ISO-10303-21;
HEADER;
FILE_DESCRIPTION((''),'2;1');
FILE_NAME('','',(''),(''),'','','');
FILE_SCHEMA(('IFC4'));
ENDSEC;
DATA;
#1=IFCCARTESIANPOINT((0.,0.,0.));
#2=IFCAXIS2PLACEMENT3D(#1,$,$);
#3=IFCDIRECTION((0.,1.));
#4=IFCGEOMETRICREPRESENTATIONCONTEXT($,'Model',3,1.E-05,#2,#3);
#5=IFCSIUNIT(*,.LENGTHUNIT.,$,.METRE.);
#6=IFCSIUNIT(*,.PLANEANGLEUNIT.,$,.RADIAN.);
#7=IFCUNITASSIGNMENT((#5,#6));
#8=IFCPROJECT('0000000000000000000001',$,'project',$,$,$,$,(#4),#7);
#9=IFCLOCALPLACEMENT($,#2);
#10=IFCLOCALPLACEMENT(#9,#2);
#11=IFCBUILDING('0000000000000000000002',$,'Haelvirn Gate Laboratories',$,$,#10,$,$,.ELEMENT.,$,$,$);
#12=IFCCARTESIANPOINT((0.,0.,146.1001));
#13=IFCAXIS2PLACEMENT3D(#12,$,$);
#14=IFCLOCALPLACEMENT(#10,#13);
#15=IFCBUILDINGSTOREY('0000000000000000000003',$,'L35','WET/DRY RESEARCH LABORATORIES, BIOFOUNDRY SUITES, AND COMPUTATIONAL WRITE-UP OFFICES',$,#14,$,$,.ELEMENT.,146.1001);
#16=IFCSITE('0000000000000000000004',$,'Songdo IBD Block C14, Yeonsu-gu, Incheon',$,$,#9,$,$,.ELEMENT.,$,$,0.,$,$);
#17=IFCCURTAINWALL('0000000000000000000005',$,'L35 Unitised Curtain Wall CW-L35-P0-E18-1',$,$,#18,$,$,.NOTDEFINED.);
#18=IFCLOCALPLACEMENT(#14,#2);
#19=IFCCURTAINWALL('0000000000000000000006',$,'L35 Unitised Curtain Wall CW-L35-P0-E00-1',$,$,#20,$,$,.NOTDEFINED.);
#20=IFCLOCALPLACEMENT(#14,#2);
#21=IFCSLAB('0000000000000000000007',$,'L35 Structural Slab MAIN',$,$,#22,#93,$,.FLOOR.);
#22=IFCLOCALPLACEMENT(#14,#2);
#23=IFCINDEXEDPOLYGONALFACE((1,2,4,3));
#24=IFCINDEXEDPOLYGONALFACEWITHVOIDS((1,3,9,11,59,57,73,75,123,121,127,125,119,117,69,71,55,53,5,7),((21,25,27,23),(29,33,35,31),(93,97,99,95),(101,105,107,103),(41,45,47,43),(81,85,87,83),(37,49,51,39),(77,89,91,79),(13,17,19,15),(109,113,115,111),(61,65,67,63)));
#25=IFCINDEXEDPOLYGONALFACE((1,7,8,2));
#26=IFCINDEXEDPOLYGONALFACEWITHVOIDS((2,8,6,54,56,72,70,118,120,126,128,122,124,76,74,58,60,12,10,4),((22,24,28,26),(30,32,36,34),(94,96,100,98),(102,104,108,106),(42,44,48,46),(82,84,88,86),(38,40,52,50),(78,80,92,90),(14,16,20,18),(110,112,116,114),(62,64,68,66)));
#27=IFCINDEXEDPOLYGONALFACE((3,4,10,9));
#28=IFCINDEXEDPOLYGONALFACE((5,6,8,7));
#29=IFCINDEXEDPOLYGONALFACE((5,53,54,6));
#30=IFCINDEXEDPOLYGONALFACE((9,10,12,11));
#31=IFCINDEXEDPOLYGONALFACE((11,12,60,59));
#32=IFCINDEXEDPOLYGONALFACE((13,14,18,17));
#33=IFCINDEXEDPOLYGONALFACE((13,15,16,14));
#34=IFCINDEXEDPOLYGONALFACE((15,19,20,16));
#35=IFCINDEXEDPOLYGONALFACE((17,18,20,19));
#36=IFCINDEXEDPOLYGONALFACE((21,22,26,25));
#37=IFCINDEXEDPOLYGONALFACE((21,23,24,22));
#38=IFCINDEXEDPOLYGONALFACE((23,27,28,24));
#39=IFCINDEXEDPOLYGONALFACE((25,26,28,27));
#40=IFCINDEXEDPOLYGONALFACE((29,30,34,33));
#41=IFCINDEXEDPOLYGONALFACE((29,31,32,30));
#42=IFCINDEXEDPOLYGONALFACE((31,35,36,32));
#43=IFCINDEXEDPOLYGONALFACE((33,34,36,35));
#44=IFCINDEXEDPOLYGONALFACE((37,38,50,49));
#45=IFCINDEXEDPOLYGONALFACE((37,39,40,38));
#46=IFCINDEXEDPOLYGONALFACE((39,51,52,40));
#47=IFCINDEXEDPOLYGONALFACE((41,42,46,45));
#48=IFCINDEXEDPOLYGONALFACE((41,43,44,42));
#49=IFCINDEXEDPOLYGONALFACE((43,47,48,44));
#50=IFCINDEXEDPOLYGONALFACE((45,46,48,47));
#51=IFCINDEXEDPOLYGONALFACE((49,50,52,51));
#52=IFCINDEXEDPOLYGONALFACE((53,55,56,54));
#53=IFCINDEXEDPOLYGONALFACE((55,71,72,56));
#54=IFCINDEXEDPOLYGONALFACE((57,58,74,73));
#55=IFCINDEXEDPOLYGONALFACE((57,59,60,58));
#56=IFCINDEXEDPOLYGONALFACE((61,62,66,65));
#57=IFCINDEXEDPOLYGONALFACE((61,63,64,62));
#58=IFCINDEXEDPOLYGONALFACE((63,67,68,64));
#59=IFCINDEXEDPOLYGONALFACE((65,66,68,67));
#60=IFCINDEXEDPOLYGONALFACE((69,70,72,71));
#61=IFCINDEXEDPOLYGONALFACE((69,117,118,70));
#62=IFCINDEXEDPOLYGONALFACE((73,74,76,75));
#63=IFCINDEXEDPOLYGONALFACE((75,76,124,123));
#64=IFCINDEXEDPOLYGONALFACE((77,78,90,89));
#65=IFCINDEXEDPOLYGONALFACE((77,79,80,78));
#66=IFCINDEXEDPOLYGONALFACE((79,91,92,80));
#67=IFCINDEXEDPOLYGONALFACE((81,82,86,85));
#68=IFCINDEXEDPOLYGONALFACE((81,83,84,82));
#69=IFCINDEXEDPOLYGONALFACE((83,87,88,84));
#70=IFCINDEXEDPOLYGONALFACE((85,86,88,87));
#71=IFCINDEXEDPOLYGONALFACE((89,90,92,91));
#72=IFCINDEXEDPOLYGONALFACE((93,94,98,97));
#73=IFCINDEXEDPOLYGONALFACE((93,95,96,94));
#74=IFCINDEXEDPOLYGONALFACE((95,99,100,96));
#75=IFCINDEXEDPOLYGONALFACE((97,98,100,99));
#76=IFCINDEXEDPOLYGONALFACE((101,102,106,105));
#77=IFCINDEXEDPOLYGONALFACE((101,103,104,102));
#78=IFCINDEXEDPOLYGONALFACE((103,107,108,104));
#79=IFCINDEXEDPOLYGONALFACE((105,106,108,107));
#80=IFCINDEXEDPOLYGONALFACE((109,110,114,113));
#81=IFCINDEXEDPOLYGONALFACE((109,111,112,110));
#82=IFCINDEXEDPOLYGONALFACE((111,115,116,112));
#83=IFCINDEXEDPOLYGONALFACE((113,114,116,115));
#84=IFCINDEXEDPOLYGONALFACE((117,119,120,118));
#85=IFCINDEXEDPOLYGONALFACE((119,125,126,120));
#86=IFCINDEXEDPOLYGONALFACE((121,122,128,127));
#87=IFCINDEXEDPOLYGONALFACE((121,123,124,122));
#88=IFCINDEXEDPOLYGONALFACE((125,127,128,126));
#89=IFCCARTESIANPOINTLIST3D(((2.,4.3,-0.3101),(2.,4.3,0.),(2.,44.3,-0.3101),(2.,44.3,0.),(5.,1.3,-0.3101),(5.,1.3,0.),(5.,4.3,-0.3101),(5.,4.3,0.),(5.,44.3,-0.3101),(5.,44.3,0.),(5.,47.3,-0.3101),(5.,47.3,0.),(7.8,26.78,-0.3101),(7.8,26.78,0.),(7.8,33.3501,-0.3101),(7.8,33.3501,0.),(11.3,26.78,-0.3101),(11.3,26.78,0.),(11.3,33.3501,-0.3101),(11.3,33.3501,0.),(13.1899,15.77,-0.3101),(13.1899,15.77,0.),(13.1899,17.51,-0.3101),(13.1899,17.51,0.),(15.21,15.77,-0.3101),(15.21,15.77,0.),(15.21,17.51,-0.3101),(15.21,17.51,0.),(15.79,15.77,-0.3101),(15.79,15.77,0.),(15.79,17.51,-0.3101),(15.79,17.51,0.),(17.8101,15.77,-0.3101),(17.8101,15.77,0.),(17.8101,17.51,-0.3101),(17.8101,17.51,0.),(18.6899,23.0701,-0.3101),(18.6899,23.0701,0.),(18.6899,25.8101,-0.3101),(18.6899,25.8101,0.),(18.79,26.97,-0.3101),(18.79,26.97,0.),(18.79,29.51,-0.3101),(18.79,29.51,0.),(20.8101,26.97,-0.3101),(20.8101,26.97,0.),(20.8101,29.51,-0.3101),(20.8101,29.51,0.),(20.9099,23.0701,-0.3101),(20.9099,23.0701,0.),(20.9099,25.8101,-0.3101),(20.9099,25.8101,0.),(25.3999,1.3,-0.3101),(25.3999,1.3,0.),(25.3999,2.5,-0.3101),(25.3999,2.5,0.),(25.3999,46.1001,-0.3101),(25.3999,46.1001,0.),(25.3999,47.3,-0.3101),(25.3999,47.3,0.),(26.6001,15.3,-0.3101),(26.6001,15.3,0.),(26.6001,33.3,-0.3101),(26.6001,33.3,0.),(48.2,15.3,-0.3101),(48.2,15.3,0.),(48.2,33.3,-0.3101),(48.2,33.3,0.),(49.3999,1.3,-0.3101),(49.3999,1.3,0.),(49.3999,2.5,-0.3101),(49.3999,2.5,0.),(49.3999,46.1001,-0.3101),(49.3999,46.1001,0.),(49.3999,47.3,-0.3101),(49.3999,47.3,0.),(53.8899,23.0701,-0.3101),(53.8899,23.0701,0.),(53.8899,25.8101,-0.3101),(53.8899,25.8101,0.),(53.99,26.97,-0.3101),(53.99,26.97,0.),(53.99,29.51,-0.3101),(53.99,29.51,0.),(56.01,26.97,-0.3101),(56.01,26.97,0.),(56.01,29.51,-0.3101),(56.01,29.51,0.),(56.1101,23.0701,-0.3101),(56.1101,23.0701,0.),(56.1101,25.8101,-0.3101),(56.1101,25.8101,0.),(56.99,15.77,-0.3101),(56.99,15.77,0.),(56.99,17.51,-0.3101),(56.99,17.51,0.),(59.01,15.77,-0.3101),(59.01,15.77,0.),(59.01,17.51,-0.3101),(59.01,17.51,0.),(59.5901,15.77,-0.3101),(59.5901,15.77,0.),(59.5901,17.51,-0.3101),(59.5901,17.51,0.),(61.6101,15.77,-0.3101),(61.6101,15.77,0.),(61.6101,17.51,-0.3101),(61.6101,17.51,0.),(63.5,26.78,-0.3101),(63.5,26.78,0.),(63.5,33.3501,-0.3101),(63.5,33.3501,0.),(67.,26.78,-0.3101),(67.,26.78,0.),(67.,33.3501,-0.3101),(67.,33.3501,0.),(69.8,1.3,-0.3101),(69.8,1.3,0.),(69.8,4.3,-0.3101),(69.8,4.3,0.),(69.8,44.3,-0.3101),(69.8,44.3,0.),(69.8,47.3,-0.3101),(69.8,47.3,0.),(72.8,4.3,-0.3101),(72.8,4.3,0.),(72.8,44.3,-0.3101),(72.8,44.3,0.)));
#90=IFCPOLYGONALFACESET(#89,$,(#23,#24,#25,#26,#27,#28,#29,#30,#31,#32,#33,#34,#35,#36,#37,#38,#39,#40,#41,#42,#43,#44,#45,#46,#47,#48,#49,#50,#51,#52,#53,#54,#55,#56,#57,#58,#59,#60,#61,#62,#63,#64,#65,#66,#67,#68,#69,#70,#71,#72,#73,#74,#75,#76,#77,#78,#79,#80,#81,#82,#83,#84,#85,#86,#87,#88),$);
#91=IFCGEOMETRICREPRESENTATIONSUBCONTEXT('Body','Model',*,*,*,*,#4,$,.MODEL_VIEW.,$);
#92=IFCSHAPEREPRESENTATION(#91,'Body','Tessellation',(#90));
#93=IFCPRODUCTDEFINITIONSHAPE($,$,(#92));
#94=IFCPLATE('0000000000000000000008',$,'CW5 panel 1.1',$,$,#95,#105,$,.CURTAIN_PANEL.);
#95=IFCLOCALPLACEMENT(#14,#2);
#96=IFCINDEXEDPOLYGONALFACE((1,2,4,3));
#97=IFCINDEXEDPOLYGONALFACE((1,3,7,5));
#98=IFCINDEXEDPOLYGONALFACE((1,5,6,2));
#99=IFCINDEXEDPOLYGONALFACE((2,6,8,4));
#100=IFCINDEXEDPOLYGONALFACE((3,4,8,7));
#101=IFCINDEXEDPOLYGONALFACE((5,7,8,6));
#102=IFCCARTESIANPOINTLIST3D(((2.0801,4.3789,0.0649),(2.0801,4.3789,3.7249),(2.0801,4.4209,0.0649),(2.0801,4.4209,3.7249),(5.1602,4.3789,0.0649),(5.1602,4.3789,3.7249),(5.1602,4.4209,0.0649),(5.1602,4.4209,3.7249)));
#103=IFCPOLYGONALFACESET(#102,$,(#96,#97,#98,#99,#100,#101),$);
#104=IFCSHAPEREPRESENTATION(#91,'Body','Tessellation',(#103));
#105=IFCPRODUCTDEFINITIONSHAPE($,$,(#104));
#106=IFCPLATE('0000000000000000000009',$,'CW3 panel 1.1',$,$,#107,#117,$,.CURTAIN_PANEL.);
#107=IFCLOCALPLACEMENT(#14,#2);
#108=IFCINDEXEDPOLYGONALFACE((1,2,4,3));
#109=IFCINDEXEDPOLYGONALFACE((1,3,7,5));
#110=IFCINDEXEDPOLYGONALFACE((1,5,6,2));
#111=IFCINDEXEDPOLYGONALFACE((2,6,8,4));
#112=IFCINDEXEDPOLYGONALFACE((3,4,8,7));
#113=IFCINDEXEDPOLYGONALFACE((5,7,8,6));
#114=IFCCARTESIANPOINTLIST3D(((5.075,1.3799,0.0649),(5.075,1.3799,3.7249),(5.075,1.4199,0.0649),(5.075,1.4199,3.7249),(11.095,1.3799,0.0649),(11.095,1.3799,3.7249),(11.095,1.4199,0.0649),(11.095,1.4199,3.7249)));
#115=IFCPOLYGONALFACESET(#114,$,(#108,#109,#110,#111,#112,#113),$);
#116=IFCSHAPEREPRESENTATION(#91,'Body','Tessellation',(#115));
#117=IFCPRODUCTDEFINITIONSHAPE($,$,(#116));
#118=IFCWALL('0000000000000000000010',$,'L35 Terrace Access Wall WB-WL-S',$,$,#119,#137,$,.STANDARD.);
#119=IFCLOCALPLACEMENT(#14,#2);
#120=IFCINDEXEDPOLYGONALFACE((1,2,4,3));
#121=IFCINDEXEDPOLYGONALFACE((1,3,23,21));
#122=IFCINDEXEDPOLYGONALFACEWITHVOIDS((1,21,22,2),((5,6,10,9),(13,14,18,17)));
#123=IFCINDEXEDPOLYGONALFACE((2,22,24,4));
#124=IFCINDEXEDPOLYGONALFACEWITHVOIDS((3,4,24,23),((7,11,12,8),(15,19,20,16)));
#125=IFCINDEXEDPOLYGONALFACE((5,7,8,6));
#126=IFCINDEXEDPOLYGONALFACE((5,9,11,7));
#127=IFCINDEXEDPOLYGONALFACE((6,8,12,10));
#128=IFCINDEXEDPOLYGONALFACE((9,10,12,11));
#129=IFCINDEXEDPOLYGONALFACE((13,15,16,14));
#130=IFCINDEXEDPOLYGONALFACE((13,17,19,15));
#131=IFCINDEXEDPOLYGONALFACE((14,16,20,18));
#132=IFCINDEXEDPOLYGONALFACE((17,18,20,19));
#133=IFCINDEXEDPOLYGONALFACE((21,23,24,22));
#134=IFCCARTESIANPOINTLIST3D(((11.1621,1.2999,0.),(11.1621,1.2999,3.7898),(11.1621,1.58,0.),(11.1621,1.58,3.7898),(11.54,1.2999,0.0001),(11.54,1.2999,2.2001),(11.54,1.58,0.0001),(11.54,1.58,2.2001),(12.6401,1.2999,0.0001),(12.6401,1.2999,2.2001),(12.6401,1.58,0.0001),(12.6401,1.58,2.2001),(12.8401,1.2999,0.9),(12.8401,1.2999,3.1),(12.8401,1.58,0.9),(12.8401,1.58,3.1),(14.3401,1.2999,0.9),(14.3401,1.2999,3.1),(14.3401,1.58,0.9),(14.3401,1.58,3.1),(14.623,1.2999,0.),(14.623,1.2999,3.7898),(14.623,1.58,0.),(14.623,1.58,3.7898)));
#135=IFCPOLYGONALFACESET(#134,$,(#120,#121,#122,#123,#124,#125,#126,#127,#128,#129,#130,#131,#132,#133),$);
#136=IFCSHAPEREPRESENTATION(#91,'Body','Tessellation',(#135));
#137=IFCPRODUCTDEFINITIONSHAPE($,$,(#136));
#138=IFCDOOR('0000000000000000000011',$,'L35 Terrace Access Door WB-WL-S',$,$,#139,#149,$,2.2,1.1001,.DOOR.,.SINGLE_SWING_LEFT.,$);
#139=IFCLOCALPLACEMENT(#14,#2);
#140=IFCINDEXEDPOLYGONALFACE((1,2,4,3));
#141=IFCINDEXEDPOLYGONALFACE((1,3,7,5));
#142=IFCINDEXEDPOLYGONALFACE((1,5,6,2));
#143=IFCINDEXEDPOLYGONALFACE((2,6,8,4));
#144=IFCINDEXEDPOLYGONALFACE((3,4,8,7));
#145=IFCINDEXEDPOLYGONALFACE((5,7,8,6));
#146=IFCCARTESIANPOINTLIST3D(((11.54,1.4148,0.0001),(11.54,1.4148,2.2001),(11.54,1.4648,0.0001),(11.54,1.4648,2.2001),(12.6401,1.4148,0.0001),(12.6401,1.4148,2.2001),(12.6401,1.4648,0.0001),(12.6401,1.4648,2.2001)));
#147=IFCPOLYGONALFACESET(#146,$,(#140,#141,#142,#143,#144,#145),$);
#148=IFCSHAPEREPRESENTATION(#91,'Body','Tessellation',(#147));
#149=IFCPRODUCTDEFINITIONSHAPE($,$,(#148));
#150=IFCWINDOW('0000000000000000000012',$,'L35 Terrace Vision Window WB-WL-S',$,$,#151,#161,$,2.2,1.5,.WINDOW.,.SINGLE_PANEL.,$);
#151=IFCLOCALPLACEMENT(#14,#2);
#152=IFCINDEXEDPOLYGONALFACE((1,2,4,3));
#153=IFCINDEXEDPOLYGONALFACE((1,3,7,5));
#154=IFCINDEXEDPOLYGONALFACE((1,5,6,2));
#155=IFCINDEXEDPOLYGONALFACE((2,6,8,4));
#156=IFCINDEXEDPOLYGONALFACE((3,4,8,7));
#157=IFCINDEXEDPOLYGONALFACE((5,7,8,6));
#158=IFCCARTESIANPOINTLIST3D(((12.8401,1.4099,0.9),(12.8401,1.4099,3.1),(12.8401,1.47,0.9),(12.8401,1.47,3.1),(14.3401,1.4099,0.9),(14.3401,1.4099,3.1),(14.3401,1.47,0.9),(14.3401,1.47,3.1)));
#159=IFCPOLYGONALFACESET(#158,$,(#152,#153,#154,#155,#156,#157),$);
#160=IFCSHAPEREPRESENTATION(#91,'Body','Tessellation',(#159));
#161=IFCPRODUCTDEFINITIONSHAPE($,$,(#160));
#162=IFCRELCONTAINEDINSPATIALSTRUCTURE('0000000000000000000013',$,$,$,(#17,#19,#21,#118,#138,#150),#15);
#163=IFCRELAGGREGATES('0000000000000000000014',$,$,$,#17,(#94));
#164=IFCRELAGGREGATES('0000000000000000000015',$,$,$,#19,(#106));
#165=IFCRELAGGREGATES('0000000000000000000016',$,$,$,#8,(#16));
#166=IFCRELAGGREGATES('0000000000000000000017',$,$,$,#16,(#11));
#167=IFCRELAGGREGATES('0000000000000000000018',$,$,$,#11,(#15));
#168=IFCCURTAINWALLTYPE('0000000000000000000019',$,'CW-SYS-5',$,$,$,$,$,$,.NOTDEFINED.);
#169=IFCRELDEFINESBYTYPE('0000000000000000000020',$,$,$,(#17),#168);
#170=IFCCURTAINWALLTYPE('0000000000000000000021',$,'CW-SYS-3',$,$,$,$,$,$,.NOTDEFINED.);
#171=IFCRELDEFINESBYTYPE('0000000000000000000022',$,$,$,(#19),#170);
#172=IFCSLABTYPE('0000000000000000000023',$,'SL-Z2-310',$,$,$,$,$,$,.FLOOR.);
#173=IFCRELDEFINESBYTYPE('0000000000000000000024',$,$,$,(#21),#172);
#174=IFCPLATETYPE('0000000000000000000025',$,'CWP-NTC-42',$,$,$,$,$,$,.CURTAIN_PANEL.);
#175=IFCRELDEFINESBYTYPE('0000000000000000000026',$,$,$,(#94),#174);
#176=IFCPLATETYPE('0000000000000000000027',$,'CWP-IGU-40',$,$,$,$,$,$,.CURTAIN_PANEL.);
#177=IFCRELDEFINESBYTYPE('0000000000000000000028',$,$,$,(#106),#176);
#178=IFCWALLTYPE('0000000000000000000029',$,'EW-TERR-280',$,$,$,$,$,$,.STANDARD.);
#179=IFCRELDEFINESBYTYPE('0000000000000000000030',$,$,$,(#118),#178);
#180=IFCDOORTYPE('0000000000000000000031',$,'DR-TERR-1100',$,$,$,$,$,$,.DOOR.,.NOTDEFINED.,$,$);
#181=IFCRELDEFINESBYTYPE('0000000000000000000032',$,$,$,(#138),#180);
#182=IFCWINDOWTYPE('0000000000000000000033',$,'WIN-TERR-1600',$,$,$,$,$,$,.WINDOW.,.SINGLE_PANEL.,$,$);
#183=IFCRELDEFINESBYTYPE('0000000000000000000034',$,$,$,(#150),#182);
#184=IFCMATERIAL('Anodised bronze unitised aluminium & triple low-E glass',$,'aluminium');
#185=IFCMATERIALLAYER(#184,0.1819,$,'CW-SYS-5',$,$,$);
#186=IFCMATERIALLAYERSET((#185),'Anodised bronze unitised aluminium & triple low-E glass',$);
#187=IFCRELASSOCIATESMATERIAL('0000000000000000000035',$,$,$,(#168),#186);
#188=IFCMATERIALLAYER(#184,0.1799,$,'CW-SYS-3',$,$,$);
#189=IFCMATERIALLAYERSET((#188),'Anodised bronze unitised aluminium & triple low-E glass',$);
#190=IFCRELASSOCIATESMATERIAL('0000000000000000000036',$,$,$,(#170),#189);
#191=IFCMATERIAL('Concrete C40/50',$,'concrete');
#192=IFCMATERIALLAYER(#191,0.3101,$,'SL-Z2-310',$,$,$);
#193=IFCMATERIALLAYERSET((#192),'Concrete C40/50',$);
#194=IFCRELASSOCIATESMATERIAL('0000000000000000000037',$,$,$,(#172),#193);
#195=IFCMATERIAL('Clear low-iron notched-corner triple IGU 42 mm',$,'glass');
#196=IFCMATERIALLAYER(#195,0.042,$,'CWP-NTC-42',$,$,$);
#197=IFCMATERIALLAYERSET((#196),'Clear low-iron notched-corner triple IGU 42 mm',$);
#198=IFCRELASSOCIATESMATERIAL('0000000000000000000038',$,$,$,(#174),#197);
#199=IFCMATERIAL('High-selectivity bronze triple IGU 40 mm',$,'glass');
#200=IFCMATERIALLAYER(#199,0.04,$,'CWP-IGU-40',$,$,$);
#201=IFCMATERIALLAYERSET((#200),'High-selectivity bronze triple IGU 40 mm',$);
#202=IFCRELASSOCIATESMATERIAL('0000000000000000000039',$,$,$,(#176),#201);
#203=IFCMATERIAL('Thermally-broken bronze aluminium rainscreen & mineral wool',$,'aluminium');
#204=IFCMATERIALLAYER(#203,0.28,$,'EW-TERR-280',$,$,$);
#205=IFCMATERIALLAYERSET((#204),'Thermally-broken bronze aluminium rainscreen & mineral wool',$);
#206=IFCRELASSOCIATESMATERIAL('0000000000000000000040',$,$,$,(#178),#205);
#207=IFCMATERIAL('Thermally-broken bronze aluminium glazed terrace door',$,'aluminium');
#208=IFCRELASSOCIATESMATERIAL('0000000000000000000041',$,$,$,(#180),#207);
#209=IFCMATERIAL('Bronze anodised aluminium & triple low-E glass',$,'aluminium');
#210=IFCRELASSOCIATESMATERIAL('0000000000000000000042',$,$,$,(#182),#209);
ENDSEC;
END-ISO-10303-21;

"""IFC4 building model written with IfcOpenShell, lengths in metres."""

from ifc_helpers import new_model, si_unit, direction, frame, frame_2d, origin, origin_2d, place, context, subcontext, project, spatial, polyline, rectangle, outline, extrude, source, transform, mapped, material, layer, layer_set, type_object, type_shapes, element, fill, aggregate, save


model = new_model("IFC4")

# Units and contexts
model_context = context("Model", 3, precision=1e-05, world=origin(), true_north=direction((0.0, 1.0)))
body_context = subcontext(model_context, "Body", "Model", "MODEL_VIEW")
ifc_project = project(units=[si_unit("LENGTHUNIT", "METRE"), si_unit("PLANEANGLEUNIT", "RADIAN")], contexts=[model_context])

# Site, building, storey
site_placement = place(None, origin())
site = spatial("IfcSite", under=ifc_project, at=site_placement, Name="Songdo IBD Block C14, Yeonsu-gu, Incheon", CompositionType="ELEMENT", RefElevation=0.0)
building_placement = place(site_placement, origin())
building = spatial("IfcBuilding", under=site, at=building_placement, Name="Haelvirn Gate Laboratories", CompositionType="ELEMENT")
storey_placement = place(building_placement, frame((0.0, 0.0, 146.1001)))
storey = spatial("IfcBuildingStorey", under=building, at=storey_placement, Name="L35", Description="WET/DRY RESEARCH LABORATORIES, BIOFOUNDRY SUITES, AND COMPUTATIONAL WRITE-UP OFFICES", CompositionType="ELEMENT", Elevation=146.1001)

# Curtain walls
ifc_material_1 = material(Name="Anodised bronze unitised aluminium & triple low-E glass", Category="aluminium")
ifc_layer_1 = layer(ifc_material_1, 0.1819, Name="CW-SYS-5")
ifc_layer_set_1 = layer_set([ifc_layer_1], Name="Anodised bronze unitised aluminium & triple low-E glass")
curtain_wall_type_1 = type_object("IfcCurtainWallType", Name="CW-SYS-5", PredefinedType="NOTDEFINED", material=ifc_layer_set_1)
curtain_wall_1_placement = place(storey_placement, origin())
curtain_wall_1 = element("IfcCurtainWall", 1, at=curtain_wall_1_placement, inside=storey, type_object=curtain_wall_type_1, Name="L35 Unitised Curtain Wall CW-L35-P0-E18-1", PredefinedType="NOTDEFINED")
ifc_layer_2 = layer(ifc_material_1, 0.1799, Name="CW-SYS-3")
ifc_layer_set_2 = layer_set([ifc_layer_2], Name="Anodised bronze unitised aluminium & triple low-E glass")
curtain_wall_type_2 = type_object("IfcCurtainWallType", Name="CW-SYS-3", PredefinedType="NOTDEFINED", material=ifc_layer_set_2)
curtain_wall_2_placement = place(storey_placement, origin())
curtain_wall_2 = element("IfcCurtainWall", 2, at=curtain_wall_2_placement, inside=storey, type_object=curtain_wall_type_2, Name="L35 Unitised Curtain Wall CW-L35-P0-E00-1", PredefinedType="NOTDEFINED")

# Shared definitions
ifc_material_2 = material(Name="Concrete C40/50", Category="concrete")

# Slab
ifc_layer_3 = layer(ifc_material_2, 0.3101, Name="SL-Z2-310")
ifc_layer_set_3 = layer_set([ifc_layer_3], Name="Concrete C40/50")
slab_type_1 = type_object("IfcSlabType", Name="SL-Z2-310", PredefinedType="FLOOR", material=ifc_layer_set_3)
slab_1_placement = place(storey_placement, frame((0.0, 0.0, -0.3101)))
element("IfcSlab", 3, at=slab_1_placement, inside=storey, type_object=slab_type_1, Name="L35 Structural Slab MAIN", PredefinedType="FLOOR", context=body_context, shape_type="SweptSolid", body=[
    extrude(outline(polyline([(5.0, 1.3), (25.3999, 1.3), (25.3999, 2.5), (49.3999, 2.5), (49.3999, 1.3), (69.8, 1.3), (69.8, 4.3), (72.8, 4.3), (72.8, 44.3), (69.8, 44.3), (69.8, 47.3), (49.3999, 47.3), (49.3999, 46.1001), (25.3999, 46.1001), (25.3999, 47.3), (5.0, 47.3), (5.0, 44.3), (2.0, 44.3), (2.0, 4.3), (5.0, 4.3), (5.0, 1.3)]), holes=[polyline([(26.6001, 15.3), (48.2, 15.3), (48.2, 33.3), (26.6001, 33.3), (26.6001, 15.3)]), polyline([(11.3, 26.78), (11.3, 33.3501), (7.8, 33.3501), (7.8, 26.78), (11.3, 26.78)]), polyline([(67.0, 26.78), (67.0, 33.3501), (63.5, 33.3501), (63.5, 26.78), (67.0, 26.78)]), polyline([(13.1899, 15.77), (15.21, 15.77), (15.21, 17.51), (13.1899, 17.51), (13.1899, 15.77)]), polyline([(15.79, 15.77), (17.8101, 15.77), (17.8101, 17.51), (15.79, 17.51), (15.79, 15.77)]), polyline([(18.79, 26.97), (20.8101, 26.97), (20.8101, 29.51), (18.79, 29.51), (18.79, 26.97)]), polyline([(18.6899, 23.0701), (20.9099, 23.0701), (20.9099, 25.8101), (18.6899, 25.8101), (18.6899, 23.0701)]), polyline([(59.5901, 15.77), (61.6101, 15.77), (61.6101, 17.51), (59.5901, 17.51), (59.5901, 15.77)]), polyline([(56.99, 15.77), (59.01, 15.77), (59.01, 17.51), (56.99, 17.51), (56.99, 15.77)]), polyline([(53.99, 26.97), (56.01, 26.97), (56.01, 29.51), (53.99, 29.51), (53.99, 26.97)]), polyline([(53.8899, 23.0701), (56.1101, 23.0701), (56.1101, 25.8101), (53.8899, 25.8101), (53.8899, 23.0701)])]), origin(), (0.0, 0.0, 1.0), 0.3101),
])

# Plates
ifc_material_3 = material(Name="Clear low-iron notched-corner triple IGU 42 mm", Category="glass")
ifc_layer_4 = layer(ifc_material_3, 0.042, Name="CWP-NTC-42")
ifc_layer_set_4 = layer_set([ifc_layer_4], Name="Clear low-iron notched-corner triple IGU 42 mm")
plate_type_1 = type_object("IfcPlateType", Name="CWP-NTC-42", PredefinedType="CURTAIN_PANEL", material=ifc_layer_set_4)
shared_shape_1 = source(origin(), body_context, "Body", "SweptSolid", [
    extrude(rectangle(XDim=3.0801, YDim=0.042, at=origin_2d()), origin(), (0.0, 0.0, 1.0), 3.6599),
])
type_shapes(plate_type_1, [shared_shape_1])
plate_1_placement = place(storey_placement, frame((3.6201, 4.3999, 0.0649), z_axis=(0.0, 0.0, 1.0), x_axis=(1.0, 0.0, 0.0)))
plate_1 = element("IfcPlate", 4, at=plate_1_placement, type_object=plate_type_1, Name="CW5 panel 1.1", PredefinedType="CURTAIN_PANEL", context=body_context, shape_type="MappedRepresentation", body=[
    mapped(shared_shape_1, transform((0.0, 0.0, 0.0), scale=1.0)),
])
aggregate(curtain_wall_1, [plate_1])
ifc_material_4 = material(Name="High-selectivity bronze triple IGU 40 mm", Category="glass")
ifc_layer_5 = layer(ifc_material_4, 0.04, Name="CWP-IGU-40")
ifc_layer_set_5 = layer_set([ifc_layer_5], Name="High-selectivity bronze triple IGU 40 mm")
plate_type_2 = type_object("IfcPlateType", Name="CWP-IGU-40", PredefinedType="CURTAIN_PANEL", material=ifc_layer_set_5)
shared_shape_2 = source(origin(), body_context, "Body", "SweptSolid", [
    extrude(rectangle(XDim=6.02, YDim=0.04, at=origin_2d()), origin(), (0.0, 0.0, 1.0), 3.6599),
])
type_shapes(plate_type_2, [shared_shape_2])
plate_2_placement = place(storey_placement, frame((8.085, 1.3999, 0.0649), z_axis=(0.0, 0.0, 1.0), x_axis=(1.0, 0.0, 0.0)))
plate_2 = element("IfcPlate", 5, at=plate_2_placement, type_object=plate_type_2, Name="CW3 panel 1.1", PredefinedType="CURTAIN_PANEL", context=body_context, shape_type="MappedRepresentation", body=[
    mapped(shared_shape_2, transform((0.0, 0.0, 0.0), scale=1.0)),
])
aggregate(curtain_wall_2, [plate_2])

# Wall, openings, door, window
ifc_material_5 = material(Name="Thermally-broken bronze aluminium rainscreen & mineral wool", Category="aluminium")
ifc_layer_6 = layer(ifc_material_5, 0.28, Name="EW-TERR-280")
ifc_layer_set_6 = layer_set([ifc_layer_6], Name="Thermally-broken bronze aluminium rainscreen & mineral wool")
wall_type = type_object("IfcWallType", Name="EW-TERR-280", PredefinedType="STANDARD", material=ifc_layer_set_6)
wall_1_placement = place(storey_placement, frame((11.1621, 1.4399, 0.0), z_axis=(0.0, 0.0, 1.0), x_axis=(1.0, 0.0, 0.0)))
wall_1 = element("IfcWall", 6, at=wall_1_placement, inside=storey, type_object=wall_type, Name="L35 Terrace Access Wall WB-WL-S", PredefinedType="STANDARD", context=body_context, shape_type="SweptSolid", body=[
    extrude(rectangle(XDim=3.4609, YDim=0.28, at=frame_2d((1.7305, 0.0))), origin(), (0.0, 0.0, 1.0), 3.7898),
])
opening_1_placement = place(wall_1_placement, frame((0.3779, 0.0, 0.0)))
opening_1 = element("IfcOpeningElement", 7, at=opening_1_placement, cuts=wall_1, PredefinedType="OPENING", context=body_context, shape_type="SweptSolid", body=[
    extrude(rectangle(XDim=1.1001, YDim=2.2, at=frame_2d((0.55, 1.1001))), frame((0.0, 0.1499, 0.0), z_axis=(0.0, -1.0, 0.0), x_axis=(1.0, 0.0, 0.0)), (0.0, 0.0, 1.0), 0.3),
])
opening_2_placement = place(wall_1_placement, frame((1.678, 0.0, 0.8999)))
opening_2 = element("IfcOpeningElement", 8, at=opening_2_placement, cuts=wall_1, PredefinedType="OPENING", context=body_context, shape_type="SweptSolid", body=[
    extrude(rectangle(XDim=1.5, YDim=2.2, at=frame_2d((0.75, 1.1001))), frame((0.0, 0.1499, 0.0), z_axis=(0.0, -1.0, 0.0), x_axis=(1.0, 0.0, 0.0)), (0.0, 0.0, 1.0), 0.3),
])
ifc_material_6 = material(Name="Thermally-broken bronze aluminium glazed terrace door", Category="aluminium")
door_type = type_object("IfcDoorType", Name="DR-TERR-1100", OperationType="NOTDEFINED", PredefinedType="DOOR", material=ifc_material_6)
shared_shape_3 = source(origin(), body_context, "Body", "SweptSolid", [
    extrude(rectangle(XDim=1.1001, YDim=2.2, at=frame_2d((0.55, 1.1001))), frame((0.0, 0.0249, 0.0), z_axis=(0.0, -1.0, 0.0), x_axis=(1.0, 0.0, 0.0)), (0.0, 0.0, 1.0), 0.05),
])
type_shapes(door_type, [shared_shape_3])
door_placement = place(opening_1_placement, origin())
door = element("IfcDoor", 9, at=door_placement, inside=storey, type_object=door_type, Name="L35 Terrace Access Door WB-WL-S", OperationType="SINGLE_SWING_LEFT", OverallHeight=2.2, OverallWidth=1.1001, PredefinedType="DOOR", context=body_context, shape_type="MappedRepresentation", body=[
    mapped(shared_shape_3, transform((0.0, 0.0, 0.0), scale=1.0)),
])
fill(opening_1, door)
ifc_material_7 = material(Name="Bronze anodised aluminium & triple low-E glass", Category="aluminium")
window_type = type_object("IfcWindowType", Name="WIN-TERR-1600", PartitioningType="SINGLE_PANEL", PredefinedType="WINDOW", material=ifc_material_7)
shared_shape_4 = source(origin(), body_context, "Body", "SweptSolid", [
    extrude(rectangle(XDim=1.5, YDim=2.2, at=frame_2d((0.75, 1.1001))), frame((0.0, 0.03, 0.0), z_axis=(0.0, -1.0, 0.0), x_axis=(1.0, 0.0, 0.0)), (0.0, 0.0, 1.0), 0.0601),
])
type_shapes(window_type, [shared_shape_4])
window_placement = place(opening_2_placement, origin())
window = element("IfcWindow", 10, at=window_placement, inside=storey, type_object=window_type, Name="L35 Terrace Vision Window WB-WL-S", OverallHeight=2.2, OverallWidth=1.5, PartitioningType="SINGLE_PANEL", PredefinedType="WINDOW", context=body_context, shape_type="MappedRepresentation", body=[
    mapped(shared_shape_4, transform((0.0, 0.0, 0.0), scale=1.0)),
])
fill(opening_2, window)

save(model, "model.ifc")
